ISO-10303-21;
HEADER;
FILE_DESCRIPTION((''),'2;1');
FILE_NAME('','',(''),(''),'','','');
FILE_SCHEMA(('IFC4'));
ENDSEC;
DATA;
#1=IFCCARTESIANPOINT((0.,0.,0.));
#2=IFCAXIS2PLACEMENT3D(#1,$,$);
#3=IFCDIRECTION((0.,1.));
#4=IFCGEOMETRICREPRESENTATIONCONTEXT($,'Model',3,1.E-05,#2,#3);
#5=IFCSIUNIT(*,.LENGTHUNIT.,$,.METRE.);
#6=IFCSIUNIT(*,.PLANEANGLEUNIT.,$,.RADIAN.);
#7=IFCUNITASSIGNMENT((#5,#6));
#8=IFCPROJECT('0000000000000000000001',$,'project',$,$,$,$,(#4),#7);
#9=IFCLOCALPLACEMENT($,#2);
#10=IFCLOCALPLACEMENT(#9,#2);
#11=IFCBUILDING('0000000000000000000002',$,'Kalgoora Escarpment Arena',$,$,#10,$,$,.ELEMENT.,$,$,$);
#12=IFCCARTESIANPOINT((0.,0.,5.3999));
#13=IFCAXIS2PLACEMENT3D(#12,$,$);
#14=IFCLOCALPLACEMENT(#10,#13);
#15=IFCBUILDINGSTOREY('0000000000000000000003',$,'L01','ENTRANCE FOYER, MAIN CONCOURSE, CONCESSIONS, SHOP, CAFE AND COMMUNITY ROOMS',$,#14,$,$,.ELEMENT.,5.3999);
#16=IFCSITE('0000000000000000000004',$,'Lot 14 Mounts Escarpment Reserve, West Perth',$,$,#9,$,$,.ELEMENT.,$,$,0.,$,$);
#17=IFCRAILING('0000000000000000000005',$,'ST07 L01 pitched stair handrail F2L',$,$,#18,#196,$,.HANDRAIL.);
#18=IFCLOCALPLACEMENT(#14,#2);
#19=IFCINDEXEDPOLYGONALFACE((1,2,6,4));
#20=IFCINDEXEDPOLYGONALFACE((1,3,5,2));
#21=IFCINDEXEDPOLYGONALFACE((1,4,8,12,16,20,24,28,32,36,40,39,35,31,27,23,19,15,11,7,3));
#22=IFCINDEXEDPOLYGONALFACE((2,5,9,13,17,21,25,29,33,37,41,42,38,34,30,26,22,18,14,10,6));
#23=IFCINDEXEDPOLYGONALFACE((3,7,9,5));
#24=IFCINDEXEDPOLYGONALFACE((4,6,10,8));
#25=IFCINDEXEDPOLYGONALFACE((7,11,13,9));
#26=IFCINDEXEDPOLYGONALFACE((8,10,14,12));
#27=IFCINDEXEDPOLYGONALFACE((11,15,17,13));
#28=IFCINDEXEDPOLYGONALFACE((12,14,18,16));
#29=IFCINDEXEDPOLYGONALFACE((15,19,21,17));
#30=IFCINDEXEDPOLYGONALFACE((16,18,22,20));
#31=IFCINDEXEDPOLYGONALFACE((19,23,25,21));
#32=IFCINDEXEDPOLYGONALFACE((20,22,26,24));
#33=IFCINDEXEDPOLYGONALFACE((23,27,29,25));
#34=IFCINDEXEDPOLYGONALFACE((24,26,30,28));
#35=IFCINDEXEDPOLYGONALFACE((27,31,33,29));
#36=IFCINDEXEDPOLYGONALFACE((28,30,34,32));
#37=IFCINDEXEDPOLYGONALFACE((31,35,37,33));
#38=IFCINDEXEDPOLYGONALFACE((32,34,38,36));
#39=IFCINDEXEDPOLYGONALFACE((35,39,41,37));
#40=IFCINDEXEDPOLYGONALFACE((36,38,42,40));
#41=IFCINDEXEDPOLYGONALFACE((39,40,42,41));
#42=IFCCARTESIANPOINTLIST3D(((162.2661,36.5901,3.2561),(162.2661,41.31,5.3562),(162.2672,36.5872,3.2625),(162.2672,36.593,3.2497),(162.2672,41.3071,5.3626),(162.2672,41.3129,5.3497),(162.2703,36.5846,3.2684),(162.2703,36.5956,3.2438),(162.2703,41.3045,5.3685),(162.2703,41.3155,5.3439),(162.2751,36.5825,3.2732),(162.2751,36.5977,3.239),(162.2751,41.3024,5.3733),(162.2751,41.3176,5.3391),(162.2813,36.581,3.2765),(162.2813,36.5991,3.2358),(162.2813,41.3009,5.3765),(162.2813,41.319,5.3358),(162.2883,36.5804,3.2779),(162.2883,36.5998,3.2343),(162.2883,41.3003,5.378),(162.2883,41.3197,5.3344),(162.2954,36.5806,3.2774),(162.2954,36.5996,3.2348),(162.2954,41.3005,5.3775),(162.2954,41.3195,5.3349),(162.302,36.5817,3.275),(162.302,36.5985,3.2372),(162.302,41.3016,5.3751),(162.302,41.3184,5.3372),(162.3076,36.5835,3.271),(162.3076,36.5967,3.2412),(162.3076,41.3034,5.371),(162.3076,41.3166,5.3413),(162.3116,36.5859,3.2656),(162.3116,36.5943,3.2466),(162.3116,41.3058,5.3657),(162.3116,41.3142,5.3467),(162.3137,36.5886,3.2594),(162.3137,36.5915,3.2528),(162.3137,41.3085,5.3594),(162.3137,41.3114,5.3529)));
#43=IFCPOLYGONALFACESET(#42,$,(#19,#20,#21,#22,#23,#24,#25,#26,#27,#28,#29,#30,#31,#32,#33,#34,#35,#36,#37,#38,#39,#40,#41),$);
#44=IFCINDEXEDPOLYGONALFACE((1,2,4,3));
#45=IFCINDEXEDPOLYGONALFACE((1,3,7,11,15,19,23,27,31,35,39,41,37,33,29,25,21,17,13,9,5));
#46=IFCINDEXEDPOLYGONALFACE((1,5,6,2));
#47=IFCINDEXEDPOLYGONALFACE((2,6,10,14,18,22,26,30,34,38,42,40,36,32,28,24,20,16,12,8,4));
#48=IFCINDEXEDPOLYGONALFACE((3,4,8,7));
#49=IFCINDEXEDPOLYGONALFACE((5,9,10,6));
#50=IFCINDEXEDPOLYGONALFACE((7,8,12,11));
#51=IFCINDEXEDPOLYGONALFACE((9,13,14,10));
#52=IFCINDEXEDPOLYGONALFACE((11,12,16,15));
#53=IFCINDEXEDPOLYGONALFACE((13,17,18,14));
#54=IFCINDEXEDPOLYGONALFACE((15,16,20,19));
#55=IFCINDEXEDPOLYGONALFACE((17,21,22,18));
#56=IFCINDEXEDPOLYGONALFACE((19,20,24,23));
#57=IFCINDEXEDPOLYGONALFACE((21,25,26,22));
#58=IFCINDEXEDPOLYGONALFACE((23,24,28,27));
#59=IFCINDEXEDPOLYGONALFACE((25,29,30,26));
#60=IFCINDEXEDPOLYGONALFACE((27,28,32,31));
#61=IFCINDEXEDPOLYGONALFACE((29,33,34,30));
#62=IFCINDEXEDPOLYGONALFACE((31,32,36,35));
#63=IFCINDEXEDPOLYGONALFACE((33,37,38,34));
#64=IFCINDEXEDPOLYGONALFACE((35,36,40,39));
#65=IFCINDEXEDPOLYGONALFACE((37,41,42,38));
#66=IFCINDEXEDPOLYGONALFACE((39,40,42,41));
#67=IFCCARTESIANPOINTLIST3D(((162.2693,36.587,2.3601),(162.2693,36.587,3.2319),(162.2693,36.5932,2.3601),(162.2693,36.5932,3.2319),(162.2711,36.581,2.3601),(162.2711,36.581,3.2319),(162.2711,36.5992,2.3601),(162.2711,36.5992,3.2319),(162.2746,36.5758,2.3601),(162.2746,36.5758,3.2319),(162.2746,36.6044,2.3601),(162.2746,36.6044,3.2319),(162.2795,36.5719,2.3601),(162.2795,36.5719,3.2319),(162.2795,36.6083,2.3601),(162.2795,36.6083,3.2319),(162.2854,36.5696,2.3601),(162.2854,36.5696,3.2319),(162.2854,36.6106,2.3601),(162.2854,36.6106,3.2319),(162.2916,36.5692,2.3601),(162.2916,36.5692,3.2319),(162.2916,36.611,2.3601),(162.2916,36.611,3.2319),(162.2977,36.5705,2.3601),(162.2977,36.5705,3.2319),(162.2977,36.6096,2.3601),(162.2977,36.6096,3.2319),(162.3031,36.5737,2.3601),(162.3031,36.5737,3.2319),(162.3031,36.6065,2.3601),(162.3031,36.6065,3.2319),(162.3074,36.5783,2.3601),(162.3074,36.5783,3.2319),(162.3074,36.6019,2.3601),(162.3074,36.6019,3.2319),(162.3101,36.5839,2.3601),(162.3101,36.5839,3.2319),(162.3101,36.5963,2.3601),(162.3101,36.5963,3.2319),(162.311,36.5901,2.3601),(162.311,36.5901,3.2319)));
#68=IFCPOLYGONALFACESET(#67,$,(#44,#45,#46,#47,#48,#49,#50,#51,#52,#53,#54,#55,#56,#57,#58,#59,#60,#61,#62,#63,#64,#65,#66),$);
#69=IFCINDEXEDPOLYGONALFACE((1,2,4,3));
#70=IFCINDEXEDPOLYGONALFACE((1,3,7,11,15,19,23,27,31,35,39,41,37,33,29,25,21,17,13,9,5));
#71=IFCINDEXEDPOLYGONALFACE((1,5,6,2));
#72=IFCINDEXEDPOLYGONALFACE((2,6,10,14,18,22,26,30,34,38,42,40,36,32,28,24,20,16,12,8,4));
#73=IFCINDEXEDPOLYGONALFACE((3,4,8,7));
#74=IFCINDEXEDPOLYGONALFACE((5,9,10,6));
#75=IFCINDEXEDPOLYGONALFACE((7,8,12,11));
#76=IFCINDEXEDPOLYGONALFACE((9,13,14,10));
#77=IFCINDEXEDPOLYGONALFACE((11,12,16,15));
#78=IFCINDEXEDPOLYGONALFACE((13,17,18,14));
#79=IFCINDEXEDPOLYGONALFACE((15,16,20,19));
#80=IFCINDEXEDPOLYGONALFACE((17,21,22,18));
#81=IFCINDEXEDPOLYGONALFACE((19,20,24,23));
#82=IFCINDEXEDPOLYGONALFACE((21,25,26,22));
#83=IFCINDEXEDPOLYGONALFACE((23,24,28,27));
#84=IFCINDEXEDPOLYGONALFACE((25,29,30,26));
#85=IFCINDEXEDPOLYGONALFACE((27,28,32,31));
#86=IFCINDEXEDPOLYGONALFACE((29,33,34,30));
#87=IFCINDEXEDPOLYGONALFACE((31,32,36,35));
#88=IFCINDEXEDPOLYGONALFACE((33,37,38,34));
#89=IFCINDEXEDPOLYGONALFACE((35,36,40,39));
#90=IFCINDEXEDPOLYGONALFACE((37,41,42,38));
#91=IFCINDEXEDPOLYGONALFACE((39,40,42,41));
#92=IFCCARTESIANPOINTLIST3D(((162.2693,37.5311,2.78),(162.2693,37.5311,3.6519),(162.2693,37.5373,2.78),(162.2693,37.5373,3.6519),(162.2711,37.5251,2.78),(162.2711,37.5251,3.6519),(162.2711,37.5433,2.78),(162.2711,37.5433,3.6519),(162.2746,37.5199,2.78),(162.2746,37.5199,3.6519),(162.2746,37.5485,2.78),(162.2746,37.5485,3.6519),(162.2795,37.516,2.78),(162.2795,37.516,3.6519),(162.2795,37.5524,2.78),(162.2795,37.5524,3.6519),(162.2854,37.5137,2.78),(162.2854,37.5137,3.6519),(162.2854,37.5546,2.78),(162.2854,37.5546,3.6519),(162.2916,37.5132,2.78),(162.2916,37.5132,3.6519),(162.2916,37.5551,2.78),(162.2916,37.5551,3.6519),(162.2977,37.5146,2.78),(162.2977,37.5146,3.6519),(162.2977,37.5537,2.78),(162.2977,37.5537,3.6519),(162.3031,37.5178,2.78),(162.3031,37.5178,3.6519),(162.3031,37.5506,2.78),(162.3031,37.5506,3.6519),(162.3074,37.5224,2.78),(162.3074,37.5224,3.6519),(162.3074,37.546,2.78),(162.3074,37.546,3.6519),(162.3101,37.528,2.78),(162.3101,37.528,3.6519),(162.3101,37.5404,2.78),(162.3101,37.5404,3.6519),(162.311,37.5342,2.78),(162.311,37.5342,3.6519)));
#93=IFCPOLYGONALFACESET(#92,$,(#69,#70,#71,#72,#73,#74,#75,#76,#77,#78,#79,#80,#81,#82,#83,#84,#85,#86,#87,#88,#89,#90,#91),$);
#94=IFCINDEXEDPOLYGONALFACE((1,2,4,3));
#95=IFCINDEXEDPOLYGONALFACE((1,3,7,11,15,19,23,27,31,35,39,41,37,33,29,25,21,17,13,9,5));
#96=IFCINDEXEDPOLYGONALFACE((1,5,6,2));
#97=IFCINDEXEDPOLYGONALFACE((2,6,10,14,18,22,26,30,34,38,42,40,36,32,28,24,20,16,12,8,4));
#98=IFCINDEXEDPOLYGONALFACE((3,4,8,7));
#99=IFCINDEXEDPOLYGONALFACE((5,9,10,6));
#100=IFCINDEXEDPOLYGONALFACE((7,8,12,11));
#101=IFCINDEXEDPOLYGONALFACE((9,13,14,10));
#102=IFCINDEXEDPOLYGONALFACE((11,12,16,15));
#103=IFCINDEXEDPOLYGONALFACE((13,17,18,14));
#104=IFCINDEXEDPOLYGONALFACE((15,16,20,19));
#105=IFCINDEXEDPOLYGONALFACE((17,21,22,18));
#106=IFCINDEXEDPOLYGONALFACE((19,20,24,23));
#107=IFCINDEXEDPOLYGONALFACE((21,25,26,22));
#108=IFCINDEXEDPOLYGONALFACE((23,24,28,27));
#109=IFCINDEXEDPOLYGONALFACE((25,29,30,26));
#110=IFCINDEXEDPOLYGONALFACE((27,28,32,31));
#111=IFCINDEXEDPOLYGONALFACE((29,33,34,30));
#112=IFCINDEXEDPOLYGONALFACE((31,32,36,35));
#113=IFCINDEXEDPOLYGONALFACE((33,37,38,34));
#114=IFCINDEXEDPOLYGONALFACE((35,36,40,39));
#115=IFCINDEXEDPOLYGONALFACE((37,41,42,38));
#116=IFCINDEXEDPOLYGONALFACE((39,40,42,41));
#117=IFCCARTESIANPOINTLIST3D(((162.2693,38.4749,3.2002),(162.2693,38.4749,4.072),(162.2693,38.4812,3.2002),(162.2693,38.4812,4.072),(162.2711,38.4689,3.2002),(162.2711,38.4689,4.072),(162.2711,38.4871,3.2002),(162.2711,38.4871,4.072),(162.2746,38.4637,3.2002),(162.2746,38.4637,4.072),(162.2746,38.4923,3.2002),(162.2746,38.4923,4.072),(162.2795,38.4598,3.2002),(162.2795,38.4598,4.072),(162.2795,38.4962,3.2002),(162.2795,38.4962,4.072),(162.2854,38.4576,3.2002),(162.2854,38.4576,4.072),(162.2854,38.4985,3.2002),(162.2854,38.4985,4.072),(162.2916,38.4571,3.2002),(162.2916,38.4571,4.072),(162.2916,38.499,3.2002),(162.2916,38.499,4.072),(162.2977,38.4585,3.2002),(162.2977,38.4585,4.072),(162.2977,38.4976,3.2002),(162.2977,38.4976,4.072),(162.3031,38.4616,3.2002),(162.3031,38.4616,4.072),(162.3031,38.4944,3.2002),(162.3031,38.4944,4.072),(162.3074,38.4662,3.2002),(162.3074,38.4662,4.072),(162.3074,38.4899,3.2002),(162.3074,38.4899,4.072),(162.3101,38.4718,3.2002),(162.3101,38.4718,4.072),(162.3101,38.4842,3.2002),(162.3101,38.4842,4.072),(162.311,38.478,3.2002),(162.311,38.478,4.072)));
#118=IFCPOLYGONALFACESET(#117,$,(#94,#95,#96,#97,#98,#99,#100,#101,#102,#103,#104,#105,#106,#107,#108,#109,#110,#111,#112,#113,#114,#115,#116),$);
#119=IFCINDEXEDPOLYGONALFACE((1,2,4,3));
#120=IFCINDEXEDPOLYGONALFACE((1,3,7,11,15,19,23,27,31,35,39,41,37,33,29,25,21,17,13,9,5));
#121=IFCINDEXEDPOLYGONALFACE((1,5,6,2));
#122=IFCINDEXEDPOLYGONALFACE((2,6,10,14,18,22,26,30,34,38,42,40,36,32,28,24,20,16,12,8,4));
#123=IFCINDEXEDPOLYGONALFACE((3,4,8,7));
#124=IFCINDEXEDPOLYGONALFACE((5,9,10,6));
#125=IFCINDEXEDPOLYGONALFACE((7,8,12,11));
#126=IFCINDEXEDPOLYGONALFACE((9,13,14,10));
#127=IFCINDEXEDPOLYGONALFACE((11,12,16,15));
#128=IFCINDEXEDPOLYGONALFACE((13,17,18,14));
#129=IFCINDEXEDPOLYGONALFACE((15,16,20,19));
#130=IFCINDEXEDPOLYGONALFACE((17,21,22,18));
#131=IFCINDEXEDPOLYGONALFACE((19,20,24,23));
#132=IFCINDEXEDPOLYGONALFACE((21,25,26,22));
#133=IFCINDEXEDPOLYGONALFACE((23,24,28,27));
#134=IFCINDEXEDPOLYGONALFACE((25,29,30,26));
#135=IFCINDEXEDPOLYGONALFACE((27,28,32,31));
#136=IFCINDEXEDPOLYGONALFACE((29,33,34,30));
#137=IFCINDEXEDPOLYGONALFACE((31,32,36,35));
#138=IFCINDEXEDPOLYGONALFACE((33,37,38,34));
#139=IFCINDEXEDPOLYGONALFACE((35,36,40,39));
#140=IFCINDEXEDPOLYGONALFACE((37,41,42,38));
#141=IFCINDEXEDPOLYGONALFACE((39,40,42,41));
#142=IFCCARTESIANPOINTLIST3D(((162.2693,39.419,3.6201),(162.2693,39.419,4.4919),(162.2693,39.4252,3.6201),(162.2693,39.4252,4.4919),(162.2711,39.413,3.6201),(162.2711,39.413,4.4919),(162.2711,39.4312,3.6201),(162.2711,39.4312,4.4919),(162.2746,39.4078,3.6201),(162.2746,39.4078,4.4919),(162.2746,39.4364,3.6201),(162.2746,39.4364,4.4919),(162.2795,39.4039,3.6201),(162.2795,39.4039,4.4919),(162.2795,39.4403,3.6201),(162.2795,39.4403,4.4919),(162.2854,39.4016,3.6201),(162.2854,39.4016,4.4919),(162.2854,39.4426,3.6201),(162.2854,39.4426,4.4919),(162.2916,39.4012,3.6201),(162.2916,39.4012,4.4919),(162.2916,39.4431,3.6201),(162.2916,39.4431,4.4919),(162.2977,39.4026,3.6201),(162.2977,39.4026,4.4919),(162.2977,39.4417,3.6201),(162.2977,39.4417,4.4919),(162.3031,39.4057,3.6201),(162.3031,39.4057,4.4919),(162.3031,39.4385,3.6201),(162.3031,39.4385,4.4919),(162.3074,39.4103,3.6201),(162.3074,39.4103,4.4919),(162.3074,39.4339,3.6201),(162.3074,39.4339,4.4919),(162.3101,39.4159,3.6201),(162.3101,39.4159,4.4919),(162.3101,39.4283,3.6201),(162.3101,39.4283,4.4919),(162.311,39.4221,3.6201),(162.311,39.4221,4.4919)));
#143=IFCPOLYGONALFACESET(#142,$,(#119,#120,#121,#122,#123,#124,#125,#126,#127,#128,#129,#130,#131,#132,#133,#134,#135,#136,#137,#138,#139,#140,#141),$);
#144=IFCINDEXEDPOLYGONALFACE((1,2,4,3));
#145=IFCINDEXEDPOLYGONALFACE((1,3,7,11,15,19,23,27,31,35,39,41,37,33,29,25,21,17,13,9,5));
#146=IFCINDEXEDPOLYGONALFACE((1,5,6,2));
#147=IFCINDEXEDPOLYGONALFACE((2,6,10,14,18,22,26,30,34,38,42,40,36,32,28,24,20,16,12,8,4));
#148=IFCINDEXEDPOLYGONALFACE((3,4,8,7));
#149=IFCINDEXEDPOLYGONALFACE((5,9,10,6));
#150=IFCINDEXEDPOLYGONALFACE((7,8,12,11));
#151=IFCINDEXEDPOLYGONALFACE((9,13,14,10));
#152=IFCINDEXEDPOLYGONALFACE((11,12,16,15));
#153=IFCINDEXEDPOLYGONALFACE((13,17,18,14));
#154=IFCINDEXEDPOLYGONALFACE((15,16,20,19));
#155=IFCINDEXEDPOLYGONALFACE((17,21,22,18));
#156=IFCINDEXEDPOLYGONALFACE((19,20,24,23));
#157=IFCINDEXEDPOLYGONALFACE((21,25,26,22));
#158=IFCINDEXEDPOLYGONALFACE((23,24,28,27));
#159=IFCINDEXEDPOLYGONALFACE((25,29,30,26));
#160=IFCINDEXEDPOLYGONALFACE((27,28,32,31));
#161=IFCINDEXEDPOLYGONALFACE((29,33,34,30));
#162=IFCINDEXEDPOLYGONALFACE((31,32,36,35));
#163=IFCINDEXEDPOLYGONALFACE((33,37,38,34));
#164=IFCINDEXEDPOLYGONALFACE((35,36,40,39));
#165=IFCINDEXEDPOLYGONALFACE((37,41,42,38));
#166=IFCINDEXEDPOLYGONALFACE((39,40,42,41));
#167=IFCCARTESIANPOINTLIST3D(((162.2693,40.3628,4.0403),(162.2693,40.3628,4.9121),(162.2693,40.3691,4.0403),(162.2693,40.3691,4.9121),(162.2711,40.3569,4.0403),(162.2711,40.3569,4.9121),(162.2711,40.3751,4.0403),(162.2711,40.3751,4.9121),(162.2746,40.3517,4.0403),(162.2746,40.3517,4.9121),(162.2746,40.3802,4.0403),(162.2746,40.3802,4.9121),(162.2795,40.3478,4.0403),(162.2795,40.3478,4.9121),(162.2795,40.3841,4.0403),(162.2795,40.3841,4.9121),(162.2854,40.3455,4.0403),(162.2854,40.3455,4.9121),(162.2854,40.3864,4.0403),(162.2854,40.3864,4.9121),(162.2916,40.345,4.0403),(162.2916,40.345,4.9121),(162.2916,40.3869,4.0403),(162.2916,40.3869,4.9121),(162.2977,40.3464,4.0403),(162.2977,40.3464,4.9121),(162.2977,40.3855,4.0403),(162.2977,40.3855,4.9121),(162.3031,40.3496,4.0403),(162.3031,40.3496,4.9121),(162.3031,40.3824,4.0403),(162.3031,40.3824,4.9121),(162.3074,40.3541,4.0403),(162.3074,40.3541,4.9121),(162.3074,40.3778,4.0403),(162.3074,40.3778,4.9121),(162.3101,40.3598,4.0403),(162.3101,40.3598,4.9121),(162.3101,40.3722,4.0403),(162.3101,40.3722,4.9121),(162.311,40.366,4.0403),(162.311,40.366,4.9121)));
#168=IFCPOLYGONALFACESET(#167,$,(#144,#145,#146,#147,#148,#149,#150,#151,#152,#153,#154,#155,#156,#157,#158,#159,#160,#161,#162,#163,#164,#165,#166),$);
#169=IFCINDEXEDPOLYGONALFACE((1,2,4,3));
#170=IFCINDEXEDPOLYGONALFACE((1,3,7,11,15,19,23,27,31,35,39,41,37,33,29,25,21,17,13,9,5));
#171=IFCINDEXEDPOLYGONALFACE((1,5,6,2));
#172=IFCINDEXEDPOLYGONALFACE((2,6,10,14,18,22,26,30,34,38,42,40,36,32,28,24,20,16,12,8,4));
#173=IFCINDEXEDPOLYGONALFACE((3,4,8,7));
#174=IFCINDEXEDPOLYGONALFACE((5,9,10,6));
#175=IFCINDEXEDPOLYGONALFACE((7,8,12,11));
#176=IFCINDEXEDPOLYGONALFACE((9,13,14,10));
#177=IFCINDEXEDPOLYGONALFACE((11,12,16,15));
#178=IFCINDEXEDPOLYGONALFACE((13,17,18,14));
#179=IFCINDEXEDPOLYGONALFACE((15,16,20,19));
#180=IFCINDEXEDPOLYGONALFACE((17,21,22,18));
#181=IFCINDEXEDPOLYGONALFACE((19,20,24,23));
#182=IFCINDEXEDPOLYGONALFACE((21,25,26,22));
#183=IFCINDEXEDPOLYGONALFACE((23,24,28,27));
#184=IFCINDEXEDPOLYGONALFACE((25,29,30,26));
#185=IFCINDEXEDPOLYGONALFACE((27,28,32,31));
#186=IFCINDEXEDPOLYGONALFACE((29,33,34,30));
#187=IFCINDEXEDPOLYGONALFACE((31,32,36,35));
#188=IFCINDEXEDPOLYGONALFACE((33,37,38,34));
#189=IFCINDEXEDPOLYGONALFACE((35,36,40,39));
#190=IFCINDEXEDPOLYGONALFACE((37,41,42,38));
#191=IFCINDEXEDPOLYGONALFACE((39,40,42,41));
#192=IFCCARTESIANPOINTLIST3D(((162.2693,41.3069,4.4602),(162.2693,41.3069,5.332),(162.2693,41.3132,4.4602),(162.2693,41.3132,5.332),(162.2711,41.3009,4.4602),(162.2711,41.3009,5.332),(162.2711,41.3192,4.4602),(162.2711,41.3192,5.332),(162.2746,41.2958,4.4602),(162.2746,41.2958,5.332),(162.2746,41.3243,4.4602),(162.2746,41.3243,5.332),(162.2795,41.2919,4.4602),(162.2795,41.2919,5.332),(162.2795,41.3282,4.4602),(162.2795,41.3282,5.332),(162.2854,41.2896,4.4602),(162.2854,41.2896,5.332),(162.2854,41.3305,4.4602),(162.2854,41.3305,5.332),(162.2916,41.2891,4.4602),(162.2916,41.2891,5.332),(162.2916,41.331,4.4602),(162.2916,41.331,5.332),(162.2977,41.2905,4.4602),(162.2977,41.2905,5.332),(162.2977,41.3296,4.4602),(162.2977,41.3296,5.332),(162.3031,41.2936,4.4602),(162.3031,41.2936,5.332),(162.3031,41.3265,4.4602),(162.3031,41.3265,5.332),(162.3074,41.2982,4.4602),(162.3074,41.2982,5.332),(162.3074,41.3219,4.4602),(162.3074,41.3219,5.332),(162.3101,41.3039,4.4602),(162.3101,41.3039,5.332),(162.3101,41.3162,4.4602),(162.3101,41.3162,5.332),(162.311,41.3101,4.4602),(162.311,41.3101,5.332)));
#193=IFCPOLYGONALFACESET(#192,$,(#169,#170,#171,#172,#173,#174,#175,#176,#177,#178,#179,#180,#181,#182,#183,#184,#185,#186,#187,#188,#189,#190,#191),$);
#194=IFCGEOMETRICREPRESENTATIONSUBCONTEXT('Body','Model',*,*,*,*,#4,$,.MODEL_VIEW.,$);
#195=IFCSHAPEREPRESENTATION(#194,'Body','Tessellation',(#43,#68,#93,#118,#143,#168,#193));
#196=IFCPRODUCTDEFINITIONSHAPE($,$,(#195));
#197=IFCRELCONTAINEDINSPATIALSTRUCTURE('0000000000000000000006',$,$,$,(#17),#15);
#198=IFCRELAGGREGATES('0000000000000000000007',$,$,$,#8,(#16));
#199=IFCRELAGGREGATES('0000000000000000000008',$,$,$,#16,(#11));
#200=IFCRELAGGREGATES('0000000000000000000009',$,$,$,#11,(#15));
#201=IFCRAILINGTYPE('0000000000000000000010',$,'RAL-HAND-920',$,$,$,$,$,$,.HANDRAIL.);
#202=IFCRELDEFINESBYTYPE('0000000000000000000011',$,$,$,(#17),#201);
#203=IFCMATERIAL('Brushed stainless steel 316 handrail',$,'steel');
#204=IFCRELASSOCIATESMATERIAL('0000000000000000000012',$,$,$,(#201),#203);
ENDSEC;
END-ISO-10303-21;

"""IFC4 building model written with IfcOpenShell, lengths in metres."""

from ifc_helpers import new_model, si_unit, direction, frame, origin, origin_2d, place, context, subcontext, project, spatial, circle, extrude, material, type_object, element, save


model = new_model("IFC4")

# Units and contexts
model_context = context("Model", 3, precision=1e-05, world=origin(), true_north=direction((0.0, 1.0)))
body_context = subcontext(model_context, "Body", "Model", "MODEL_VIEW")
ifc_project = project(units=[si_unit("LENGTHUNIT", "METRE"), si_unit("PLANEANGLEUNIT", "RADIAN")], contexts=[model_context])

# Site, building, storey
site_placement = place(None, origin())
site = spatial("IfcSite", under=ifc_project, at=site_placement, Name="Lot 14 Mounts Escarpment Reserve, West Perth", CompositionType="ELEMENT", RefElevation=0.0)
building_placement = place(site_placement, origin())
building = spatial("IfcBuilding", under=site, at=building_placement, Name="Kalgoora Escarpment Arena", CompositionType="ELEMENT")
storey_placement = place(building_placement, frame((0.0, 0.0, 5.3999)))
storey = spatial("IfcBuildingStorey", under=building, at=storey_placement, Name="L01", Description="ENTRANCE FOYER, MAIN CONCOURSE, CONCESSIONS, SHOP, CAFE AND COMMUNITY ROOMS", CompositionType="ELEMENT", Elevation=5.3999)

# Railing
ifc_material_1 = material(Name="Brushed stainless steel 316 handrail", Category="steel")
railing_type_1 = type_object("IfcRailingType", Name="RAL-HAND-920", PredefinedType="HANDRAIL", material=ifc_material_1)
for number, where, name in (
    (1, (162.29, 36.5901, 2.3601), "ST07 L01 pitched stair handrail F2L"),
):
    element("IfcRailing", number, at=place(storey_placement, frame(where)), inside=storey, type_object=railing_type_1, Name=name, PredefinedType="HANDRAIL", context=body_context, shape_type="SweptSolid", body=[
        extrude(circle(Radius=0.0239, at=origin_2d()), frame((0.0, 0.0, 0.896), z_axis=(0.0, 0.913644, 0.406516), x_axis=(-1.0, 0.0, 0.0)), (0.0, 0.0, 1.0), 5.166),
        extrude(circle(Radius=0.021, at=origin_2d()), origin(), (0.0, 0.0, 1.0), 0.8718),
        extrude(circle(Radius=0.021, at=origin_2d()), frame((0.0, 0.9441, 0.4199)), (0.0, 0.0, 1.0), 0.8718),
        extrude(circle(Radius=0.021, at=origin_2d()), frame((0.0, 1.8879, 0.8401)), (0.0, 0.0, 1.0), 0.8718),
        extrude(circle(Radius=0.021, at=origin_2d()), frame((0.0, 2.832, 1.26)), (0.0, 0.0, 1.0), 0.8718),
        extrude(circle(Radius=0.021, at=origin_2d()), frame((0.0, 3.7759, 1.6802)), (0.0, 0.0, 1.0), 0.8718),
        extrude(circle(Radius=0.021, at=origin_2d()), frame((0.0, 4.72, 2.1001)), (0.0, 0.0, 1.0), 0.8718),
    ])

save(model, "model.ifc")
